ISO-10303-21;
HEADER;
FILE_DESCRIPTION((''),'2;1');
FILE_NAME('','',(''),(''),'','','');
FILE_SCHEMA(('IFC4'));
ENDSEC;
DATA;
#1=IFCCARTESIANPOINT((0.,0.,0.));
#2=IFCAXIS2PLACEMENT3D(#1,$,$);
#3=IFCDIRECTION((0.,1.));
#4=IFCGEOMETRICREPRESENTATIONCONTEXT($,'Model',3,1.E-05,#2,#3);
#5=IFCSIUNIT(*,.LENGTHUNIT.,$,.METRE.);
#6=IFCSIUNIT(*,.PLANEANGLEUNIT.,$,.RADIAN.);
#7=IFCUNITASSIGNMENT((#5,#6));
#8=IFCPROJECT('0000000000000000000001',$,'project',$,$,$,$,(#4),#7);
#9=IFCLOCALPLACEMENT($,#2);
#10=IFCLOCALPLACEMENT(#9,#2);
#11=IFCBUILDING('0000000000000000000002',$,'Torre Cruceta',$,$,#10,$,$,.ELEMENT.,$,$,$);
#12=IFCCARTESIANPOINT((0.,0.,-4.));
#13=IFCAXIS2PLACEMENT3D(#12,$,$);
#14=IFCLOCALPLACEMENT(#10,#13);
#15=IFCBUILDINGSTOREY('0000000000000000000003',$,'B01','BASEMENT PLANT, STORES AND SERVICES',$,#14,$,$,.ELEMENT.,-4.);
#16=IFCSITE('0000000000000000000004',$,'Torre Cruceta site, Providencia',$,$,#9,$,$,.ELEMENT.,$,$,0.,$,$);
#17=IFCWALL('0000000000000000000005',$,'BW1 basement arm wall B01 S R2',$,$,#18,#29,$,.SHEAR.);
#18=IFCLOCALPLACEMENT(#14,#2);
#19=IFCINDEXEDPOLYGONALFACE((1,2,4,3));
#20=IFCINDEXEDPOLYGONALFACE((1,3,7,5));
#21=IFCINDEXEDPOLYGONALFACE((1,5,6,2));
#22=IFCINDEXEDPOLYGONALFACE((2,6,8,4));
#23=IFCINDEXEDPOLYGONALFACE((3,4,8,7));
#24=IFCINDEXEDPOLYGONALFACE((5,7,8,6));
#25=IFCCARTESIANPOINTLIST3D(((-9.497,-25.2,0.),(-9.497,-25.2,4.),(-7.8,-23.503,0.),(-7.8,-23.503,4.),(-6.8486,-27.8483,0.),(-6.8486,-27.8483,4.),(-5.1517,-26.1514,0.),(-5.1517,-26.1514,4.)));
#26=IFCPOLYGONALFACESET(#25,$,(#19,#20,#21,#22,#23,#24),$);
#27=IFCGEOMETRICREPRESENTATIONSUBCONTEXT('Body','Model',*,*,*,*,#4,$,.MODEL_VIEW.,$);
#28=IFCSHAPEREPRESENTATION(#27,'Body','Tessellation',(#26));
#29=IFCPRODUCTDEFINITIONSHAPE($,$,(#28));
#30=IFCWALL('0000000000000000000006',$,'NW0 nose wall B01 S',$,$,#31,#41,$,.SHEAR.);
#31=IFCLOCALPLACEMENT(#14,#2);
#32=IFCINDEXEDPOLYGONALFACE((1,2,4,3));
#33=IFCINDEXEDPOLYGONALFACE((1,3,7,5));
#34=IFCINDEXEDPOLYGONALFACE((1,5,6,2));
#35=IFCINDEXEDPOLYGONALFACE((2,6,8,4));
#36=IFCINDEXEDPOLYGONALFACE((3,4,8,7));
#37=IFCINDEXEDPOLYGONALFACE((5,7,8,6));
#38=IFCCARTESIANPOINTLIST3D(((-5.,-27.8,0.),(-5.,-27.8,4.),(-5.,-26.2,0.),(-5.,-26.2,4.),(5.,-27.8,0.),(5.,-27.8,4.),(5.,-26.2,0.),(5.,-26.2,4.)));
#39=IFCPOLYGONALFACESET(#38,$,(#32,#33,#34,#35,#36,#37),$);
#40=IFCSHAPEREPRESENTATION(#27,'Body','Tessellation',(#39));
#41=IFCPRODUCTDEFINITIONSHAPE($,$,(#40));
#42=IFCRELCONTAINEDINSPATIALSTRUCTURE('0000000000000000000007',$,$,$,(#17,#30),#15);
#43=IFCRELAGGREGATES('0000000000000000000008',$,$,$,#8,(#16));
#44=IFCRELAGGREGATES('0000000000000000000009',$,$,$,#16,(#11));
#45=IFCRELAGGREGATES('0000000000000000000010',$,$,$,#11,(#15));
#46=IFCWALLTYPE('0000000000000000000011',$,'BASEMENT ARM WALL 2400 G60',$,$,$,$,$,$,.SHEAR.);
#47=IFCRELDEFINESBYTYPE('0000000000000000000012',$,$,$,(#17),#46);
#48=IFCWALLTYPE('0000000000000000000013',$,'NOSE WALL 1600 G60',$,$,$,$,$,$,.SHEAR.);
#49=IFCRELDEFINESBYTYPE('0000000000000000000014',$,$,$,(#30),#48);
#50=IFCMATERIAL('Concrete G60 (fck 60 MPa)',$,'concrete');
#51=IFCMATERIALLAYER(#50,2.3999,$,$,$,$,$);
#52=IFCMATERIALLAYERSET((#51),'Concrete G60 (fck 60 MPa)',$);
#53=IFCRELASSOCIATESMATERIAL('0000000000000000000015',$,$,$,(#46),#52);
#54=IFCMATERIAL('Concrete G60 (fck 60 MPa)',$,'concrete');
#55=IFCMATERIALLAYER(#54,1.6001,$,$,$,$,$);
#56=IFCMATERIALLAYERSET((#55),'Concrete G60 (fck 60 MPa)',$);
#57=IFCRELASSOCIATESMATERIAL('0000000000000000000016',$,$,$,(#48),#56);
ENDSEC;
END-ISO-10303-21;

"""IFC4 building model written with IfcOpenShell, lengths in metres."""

from ifc_helpers import new_model, si_unit, direction, frame, frame_2d, origin, place, context, subcontext, project, spatial, rectangle, extrude, material, layer, layer_set, type_object, element, save


model = new_model("IFC4")

# Units and contexts
model_context = context("Model", 3, precision=1e-05, world=origin(), true_north=direction((0.0, 1.0)))
body_context = subcontext(model_context, "Body", "Model", "MODEL_VIEW")
ifc_project = project(units=[si_unit("LENGTHUNIT", "METRE"), si_unit("PLANEANGLEUNIT", "RADIAN")], contexts=[model_context])

# Site, building, storey
site_placement = place(None, origin())
site = spatial("IfcSite", under=ifc_project, at=site_placement, Name="Torre Cruceta site, Providencia", CompositionType="ELEMENT", RefElevation=0.0)
building_placement = place(site_placement, origin())
building = spatial("IfcBuilding", under=site, at=building_placement, Name="Torre Cruceta", CompositionType="ELEMENT")
storey_placement = place(building_placement, frame((0.0, 0.0, -4.0)))
storey = spatial("IfcBuildingStorey", under=building, at=storey_placement, Name="B01", Description="BASEMENT PLANT, STORES AND SERVICES", CompositionType="ELEMENT", Elevation=-4.0)

# Walls
ifc_material_1 = material(Name="Concrete G60 (fck 60 MPa)", Category="concrete")
ifc_layer_1 = layer(ifc_material_1, 2.3999)
ifc_layer_set_1 = layer_set([ifc_layer_1], Name="Concrete G60 (fck 60 MPa)")
wall_type_1 = type_object("IfcWallType", Name="BASEMENT ARM WALL 2400 G60", PredefinedType="SHEAR", material=ifc_layer_set_1)
wall_1_placement = place(storey_placement, frame((-8.6484, -24.3516, 0.0), z_axis=(0.0, 0.0, 1.0), x_axis=(0.707107, -0.707107, 0.0)))
element("IfcWall", 1, at=wall_1_placement, inside=storey, type_object=wall_type_1, Name="BW1 basement arm wall B01 S R2", PredefinedType="SHEAR", context=body_context, shape_type="SweptSolid", body=[
    extrude(rectangle(XDim=3.7454, YDim=2.3999, at=frame_2d((1.8726, 0.0))), origin(), (0.0, 0.0, 1.0), 4.0),
])
ifc_material_2 = material(Name="Concrete G60 (fck 60 MPa)", Category="concrete")
ifc_layer_2 = layer(ifc_material_2, 1.6001)
ifc_layer_set_2 = layer_set([ifc_layer_2], Name="Concrete G60 (fck 60 MPa)")
wall_type_2 = type_object("IfcWallType", Name="NOSE WALL 1600 G60", PredefinedType="SHEAR", material=ifc_layer_set_2)
wall_2_placement = place(storey_placement, frame((-5.0, -27.0, 0.0), z_axis=(0.0, 0.0, 1.0), x_axis=(1.0, 0.0, 0.0)))
element("IfcWall", 2, at=wall_2_placement, inside=storey, type_object=wall_type_2, Name="NW0 nose wall B01 S", PredefinedType="SHEAR", context=body_context, shape_type="SweptSolid", body=[
    extrude(rectangle(XDim=10.0, YDim=1.6001, at=frame_2d((5.0, 0.0))), origin(), (0.0, 0.0, 1.0), 4.0),
])

save(model, "model.ifc")
